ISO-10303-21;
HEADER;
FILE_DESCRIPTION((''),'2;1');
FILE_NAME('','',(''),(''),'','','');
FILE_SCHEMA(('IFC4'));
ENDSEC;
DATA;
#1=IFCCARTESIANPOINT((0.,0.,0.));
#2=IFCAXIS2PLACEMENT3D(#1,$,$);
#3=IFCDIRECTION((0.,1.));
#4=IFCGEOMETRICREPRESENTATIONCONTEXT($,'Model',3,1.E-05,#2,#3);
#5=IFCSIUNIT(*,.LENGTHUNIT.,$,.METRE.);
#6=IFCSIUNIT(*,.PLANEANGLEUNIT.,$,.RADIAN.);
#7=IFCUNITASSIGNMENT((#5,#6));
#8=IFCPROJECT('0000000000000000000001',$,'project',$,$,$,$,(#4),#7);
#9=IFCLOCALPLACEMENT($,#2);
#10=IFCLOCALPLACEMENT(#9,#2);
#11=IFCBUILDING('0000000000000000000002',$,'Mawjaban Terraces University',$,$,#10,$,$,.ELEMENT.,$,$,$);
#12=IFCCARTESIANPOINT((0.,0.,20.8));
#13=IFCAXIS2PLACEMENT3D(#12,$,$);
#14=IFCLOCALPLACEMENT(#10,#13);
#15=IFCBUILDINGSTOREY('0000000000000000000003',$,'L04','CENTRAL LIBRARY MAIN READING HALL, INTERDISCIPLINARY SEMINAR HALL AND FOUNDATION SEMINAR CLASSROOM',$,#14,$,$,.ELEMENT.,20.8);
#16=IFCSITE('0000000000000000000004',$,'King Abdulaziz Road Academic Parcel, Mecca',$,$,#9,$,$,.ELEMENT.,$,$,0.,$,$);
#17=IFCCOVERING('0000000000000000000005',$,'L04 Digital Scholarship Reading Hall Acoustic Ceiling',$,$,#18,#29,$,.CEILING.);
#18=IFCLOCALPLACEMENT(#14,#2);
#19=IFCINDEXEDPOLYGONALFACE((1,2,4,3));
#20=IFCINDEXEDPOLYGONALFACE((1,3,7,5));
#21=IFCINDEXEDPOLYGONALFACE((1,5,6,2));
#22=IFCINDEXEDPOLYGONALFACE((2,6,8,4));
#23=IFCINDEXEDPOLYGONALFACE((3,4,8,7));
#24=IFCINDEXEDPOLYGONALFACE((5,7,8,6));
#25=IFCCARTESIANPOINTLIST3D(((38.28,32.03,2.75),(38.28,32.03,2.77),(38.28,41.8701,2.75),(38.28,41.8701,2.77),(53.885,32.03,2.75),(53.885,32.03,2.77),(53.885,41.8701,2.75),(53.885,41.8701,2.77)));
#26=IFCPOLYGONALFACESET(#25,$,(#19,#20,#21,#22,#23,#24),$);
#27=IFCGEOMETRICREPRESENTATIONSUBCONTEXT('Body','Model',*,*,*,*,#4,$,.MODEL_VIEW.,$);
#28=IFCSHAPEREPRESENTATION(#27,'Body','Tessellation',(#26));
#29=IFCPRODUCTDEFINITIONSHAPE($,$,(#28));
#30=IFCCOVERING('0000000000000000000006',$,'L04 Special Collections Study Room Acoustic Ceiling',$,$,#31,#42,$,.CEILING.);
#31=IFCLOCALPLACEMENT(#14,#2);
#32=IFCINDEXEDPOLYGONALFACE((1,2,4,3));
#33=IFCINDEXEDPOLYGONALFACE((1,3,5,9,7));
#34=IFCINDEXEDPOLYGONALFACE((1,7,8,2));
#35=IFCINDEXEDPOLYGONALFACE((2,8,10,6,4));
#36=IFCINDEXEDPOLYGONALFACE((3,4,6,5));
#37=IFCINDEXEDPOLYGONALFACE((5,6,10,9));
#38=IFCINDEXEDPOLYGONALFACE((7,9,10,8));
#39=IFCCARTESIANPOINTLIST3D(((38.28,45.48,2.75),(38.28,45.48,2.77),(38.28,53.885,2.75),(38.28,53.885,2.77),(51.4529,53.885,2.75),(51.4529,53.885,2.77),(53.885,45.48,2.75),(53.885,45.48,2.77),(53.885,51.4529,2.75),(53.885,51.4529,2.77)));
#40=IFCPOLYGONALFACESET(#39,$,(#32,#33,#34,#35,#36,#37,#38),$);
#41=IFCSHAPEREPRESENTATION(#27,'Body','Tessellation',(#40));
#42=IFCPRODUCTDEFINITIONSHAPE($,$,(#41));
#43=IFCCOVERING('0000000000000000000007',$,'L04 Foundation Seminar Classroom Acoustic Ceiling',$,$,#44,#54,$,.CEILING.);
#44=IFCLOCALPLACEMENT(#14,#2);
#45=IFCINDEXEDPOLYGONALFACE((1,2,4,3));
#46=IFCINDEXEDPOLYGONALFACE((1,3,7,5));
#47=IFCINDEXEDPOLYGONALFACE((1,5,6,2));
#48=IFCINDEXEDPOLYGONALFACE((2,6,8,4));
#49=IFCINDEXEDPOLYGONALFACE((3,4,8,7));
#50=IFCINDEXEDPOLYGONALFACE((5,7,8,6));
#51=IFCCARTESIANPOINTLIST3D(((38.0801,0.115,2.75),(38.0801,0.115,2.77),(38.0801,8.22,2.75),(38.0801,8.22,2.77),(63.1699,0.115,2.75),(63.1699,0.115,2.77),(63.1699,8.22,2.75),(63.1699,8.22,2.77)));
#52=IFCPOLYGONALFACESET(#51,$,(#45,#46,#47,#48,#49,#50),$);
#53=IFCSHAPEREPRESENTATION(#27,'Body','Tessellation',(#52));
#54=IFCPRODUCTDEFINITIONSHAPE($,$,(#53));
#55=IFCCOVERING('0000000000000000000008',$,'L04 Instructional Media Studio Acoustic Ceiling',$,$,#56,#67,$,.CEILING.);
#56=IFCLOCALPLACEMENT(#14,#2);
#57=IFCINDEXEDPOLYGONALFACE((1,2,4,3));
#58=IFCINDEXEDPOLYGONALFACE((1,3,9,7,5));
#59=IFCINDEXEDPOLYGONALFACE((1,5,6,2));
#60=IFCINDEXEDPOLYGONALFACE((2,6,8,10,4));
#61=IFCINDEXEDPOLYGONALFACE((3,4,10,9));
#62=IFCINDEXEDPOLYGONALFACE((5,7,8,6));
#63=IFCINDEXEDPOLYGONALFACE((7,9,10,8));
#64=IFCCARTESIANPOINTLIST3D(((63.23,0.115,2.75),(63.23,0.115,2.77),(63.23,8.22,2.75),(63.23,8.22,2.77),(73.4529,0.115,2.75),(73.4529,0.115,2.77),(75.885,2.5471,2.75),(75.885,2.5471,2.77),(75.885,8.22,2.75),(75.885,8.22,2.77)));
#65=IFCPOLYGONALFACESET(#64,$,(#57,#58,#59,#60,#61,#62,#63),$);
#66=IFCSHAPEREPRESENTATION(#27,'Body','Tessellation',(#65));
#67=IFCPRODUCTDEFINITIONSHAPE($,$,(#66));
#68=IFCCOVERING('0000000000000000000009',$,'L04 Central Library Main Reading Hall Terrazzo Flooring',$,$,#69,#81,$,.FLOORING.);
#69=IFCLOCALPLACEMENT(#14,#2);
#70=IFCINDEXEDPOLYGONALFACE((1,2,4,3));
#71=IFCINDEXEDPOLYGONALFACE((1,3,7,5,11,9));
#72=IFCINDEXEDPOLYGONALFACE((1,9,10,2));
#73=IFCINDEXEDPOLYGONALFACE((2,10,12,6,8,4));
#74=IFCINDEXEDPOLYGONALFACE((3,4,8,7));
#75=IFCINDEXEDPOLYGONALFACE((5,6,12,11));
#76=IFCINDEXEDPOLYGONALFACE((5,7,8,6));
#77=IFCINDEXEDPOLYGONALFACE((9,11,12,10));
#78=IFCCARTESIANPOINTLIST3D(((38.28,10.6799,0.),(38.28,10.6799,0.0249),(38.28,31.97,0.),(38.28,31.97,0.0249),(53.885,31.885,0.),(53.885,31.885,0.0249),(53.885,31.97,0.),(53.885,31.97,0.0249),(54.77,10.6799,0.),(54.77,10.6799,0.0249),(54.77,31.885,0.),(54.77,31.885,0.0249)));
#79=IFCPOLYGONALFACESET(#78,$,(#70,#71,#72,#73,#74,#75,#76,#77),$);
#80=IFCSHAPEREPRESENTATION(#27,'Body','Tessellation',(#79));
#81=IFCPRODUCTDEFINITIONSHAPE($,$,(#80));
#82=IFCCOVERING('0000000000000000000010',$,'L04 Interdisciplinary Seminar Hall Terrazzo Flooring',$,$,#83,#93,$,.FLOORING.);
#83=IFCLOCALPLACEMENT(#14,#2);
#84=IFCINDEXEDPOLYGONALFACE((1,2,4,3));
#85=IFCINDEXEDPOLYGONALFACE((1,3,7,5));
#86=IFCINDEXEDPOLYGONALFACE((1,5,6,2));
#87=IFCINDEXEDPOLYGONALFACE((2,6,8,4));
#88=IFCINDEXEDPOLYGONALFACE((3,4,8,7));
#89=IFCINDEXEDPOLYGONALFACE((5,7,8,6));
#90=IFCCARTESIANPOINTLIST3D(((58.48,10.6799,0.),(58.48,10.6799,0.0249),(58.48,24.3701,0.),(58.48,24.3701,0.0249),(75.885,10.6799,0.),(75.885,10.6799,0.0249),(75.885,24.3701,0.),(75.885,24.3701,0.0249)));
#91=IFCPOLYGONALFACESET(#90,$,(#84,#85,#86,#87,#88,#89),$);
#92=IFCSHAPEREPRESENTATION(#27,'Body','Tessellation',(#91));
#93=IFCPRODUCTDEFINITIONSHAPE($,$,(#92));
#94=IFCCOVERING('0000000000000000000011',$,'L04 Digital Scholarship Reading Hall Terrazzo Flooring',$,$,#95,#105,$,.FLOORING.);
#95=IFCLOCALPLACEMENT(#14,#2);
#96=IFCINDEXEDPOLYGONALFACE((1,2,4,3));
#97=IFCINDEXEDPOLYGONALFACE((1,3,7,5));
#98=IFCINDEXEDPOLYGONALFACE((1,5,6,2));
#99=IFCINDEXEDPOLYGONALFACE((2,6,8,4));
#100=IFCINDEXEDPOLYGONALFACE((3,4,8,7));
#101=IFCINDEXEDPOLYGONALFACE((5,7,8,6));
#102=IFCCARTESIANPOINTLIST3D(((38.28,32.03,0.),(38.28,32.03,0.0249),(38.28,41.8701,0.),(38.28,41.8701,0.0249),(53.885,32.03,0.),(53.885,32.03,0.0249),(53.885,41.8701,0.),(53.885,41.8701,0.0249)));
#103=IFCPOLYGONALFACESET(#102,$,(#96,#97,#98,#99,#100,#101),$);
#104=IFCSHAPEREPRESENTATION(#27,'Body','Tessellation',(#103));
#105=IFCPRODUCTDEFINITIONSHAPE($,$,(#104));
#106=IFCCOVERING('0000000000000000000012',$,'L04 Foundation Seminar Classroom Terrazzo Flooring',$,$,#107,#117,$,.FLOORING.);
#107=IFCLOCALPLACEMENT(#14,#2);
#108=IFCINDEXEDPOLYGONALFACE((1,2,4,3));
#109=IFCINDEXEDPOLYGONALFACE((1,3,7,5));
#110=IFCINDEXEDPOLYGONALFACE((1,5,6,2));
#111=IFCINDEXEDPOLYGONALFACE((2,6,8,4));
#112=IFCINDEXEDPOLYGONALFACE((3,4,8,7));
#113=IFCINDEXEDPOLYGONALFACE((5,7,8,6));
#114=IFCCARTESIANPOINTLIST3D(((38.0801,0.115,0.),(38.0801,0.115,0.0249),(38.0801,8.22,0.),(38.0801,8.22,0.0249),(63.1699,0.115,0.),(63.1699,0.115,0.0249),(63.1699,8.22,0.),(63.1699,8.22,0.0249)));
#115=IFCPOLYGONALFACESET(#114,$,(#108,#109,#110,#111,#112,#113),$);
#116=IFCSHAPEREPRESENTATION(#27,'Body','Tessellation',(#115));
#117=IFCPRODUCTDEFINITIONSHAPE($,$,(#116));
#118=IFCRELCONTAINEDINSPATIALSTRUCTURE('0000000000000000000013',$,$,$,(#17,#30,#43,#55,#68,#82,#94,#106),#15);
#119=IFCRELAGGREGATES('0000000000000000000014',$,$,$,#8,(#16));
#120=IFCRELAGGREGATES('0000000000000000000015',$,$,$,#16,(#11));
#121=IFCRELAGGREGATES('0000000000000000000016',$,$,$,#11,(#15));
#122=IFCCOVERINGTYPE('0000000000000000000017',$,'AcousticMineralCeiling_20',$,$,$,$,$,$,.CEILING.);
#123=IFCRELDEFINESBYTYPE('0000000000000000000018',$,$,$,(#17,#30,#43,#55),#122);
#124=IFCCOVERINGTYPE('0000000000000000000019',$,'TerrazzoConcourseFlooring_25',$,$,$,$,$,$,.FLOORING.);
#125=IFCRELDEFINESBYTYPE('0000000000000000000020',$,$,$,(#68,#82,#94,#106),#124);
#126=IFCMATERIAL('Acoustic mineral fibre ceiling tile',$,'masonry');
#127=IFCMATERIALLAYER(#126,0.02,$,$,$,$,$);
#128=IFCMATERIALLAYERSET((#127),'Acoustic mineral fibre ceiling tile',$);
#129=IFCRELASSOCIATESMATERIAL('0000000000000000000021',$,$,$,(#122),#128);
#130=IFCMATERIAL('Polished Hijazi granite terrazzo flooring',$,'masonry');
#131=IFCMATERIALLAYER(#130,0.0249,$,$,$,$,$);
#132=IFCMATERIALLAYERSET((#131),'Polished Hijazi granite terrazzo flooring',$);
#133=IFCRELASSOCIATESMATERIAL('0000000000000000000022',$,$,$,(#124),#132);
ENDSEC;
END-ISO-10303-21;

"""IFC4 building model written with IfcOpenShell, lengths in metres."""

from ifc_helpers import new_model, si_unit, direction, frame, origin, place, context, subcontext, project, spatial, polyline, outline, extrude, material, layer, layer_set, type_object, element, save


model = new_model("IFC4")

# Units and contexts
model_context = context("Model", 3, precision=1e-05, world=origin(), true_north=direction((0.0, 1.0)))
body_context = subcontext(model_context, "Body", "Model", "MODEL_VIEW")
ifc_project = project(units=[si_unit("LENGTHUNIT", "METRE"), si_unit("PLANEANGLEUNIT", "RADIAN")], contexts=[model_context])

# Site, building, storey
site_placement = place(None, origin())
site = spatial("IfcSite", under=ifc_project, at=site_placement, Name="King Abdulaziz Road Academic Parcel, Mecca", CompositionType="ELEMENT", RefElevation=0.0)
building_placement = place(site_placement, origin())
building = spatial("IfcBuilding", under=site, at=building_placement, Name="Mawjaban Terraces University", CompositionType="ELEMENT")
storey_placement = place(building_placement, frame((0.0, 0.0, 20.8)))
storey = spatial("IfcBuildingStorey", under=building, at=storey_placement, Name="L04", Description="CENTRAL LIBRARY MAIN READING HALL, INTERDISCIPLINARY SEMINAR HALL AND FOUNDATION SEMINAR CLASSROOM", CompositionType="ELEMENT", Elevation=20.8)

# Coverings
ifc_material_1 = material(Name="Acoustic mineral fibre ceiling tile", Category="masonry")
ifc_layer_1 = layer(ifc_material_1, 0.02)
ifc_layer_set_1 = layer_set([ifc_layer_1], Name="Acoustic mineral fibre ceiling tile")
covering_type_1 = type_object("IfcCoveringType", Name="AcousticMineralCeiling_20", PredefinedType="CEILING", material=ifc_layer_set_1)
covering_1_placement = place(storey_placement, frame((0.0, 0.0, 2.75)))
element("IfcCovering", 1, at=covering_1_placement, inside=storey, type_object=covering_type_1, Name="L04 Digital Scholarship Reading Hall Acoustic Ceiling", PredefinedType="CEILING", context=body_context, shape_type="SweptSolid", body=[
    extrude(outline(polyline([(53.885, 32.03), (53.885, 41.8701), (38.28, 41.8701), (38.28, 32.03), (53.885, 32.03)])), origin(), (0.0, 0.0, 1.0), 0.02),
])
covering_2_placement = place(storey_placement, frame((0.0, 0.0, 2.75)))
element("IfcCovering", 2, at=covering_2_placement, inside=storey, type_object=covering_type_1, Name="L04 Special Collections Study Room Acoustic Ceiling", PredefinedType="CEILING", context=body_context, shape_type="SweptSolid", body=[
    extrude(outline(polyline([(53.885, 45.48), (53.885, 51.4529), (51.4529, 53.885), (38.28, 53.885), (38.28, 45.48), (53.885, 45.48)])), origin(), (0.0, 0.0, 1.0), 0.02),
])
covering_3_placement = place(storey_placement, frame((0.0, 0.0, 2.75)))
element("IfcCovering", 3, at=covering_3_placement, inside=storey, type_object=covering_type_1, Name="L04 Foundation Seminar Classroom Acoustic Ceiling", PredefinedType="CEILING", context=body_context, shape_type="SweptSolid", body=[
    extrude(outline(polyline([(38.0801, 0.115), (63.1699, 0.115), (63.1699, 8.22), (38.0801, 8.22), (38.0801, 0.115)])), origin(), (0.0, 0.0, 1.0), 0.02),
])
covering_4_placement = place(storey_placement, frame((0.0, 0.0, 2.75)))
element("IfcCovering", 4, at=covering_4_placement, inside=storey, type_object=covering_type_1, Name="L04 Instructional Media Studio Acoustic Ceiling", PredefinedType="CEILING", context=body_context, shape_type="SweptSolid", body=[
    extrude(outline(polyline([(63.23, 0.115), (73.4529, 0.115), (75.885, 2.5471), (75.885, 8.22), (63.23, 8.22), (63.23, 0.115)])), origin(), (0.0, 0.0, 1.0), 0.02),
])
ifc_material_2 = material(Name="Polished Hijazi granite terrazzo flooring", Category="masonry")
ifc_layer_2 = layer(ifc_material_2, 0.0249)
ifc_layer_set_2 = layer_set([ifc_layer_2], Name="Polished Hijazi granite terrazzo flooring")
covering_type_2 = type_object("IfcCoveringType", Name="TerrazzoConcourseFlooring_25", PredefinedType="FLOORING", material=ifc_layer_set_2)
covering_5_placement = place(storey_placement, origin())
element("IfcCovering", 5, at=covering_5_placement, inside=storey, type_object=covering_type_2, Name="L04 Central Library Main Reading Hall Terrazzo Flooring", PredefinedType="FLOORING", context=body_context, shape_type="SweptSolid", body=[
    extrude(outline(polyline([(54.77, 31.885), (53.885, 31.885), (53.885, 31.97), (38.28, 31.97), (38.28, 10.6799), (54.77, 10.6799), (54.77, 31.885)])), origin(), (0.0, 0.0, 1.0), 0.0249),
])
covering_6_placement = place(storey_placement, origin())
element("IfcCovering", 6, at=covering_6_placement, inside=storey, type_object=covering_type_2, Name="L04 Interdisciplinary Seminar Hall Terrazzo Flooring", PredefinedType="FLOORING", context=body_context, shape_type="SweptSolid", body=[
    extrude(outline(polyline([(75.885, 10.6799), (75.885, 24.3701), (58.48, 24.3701), (58.48, 10.6799), (75.885, 10.6799)])), origin(), (0.0, 0.0, 1.0), 0.0249),
])
covering_7_placement = place(storey_placement, origin())
element("IfcCovering", 7, at=covering_7_placement, inside=storey, type_object=covering_type_2, Name="L04 Digital Scholarship Reading Hall Terrazzo Flooring", PredefinedType="FLOORING", context=body_context, shape_type="SweptSolid", body=[
    extrude(outline(polyline([(53.885, 32.03), (53.885, 41.8701), (38.28, 41.8701), (38.28, 32.03), (53.885, 32.03)])), origin(), (0.0, 0.0, 1.0), 0.0249),
])
covering_8_placement = place(storey_placement, origin())
element("IfcCovering", 8, at=covering_8_placement, inside=storey, type_object=covering_type_2, Name="L04 Foundation Seminar Classroom Terrazzo Flooring", PredefinedType="FLOORING", context=body_context, shape_type="SweptSolid", body=[
    extrude(outline(polyline([(38.0801, 0.115), (63.1699, 0.115), (63.1699, 8.22), (38.0801, 8.22), (38.0801, 0.115)])), origin(), (0.0, 0.0, 1.0), 0.0249),
])

save(model, "model.ifc")
